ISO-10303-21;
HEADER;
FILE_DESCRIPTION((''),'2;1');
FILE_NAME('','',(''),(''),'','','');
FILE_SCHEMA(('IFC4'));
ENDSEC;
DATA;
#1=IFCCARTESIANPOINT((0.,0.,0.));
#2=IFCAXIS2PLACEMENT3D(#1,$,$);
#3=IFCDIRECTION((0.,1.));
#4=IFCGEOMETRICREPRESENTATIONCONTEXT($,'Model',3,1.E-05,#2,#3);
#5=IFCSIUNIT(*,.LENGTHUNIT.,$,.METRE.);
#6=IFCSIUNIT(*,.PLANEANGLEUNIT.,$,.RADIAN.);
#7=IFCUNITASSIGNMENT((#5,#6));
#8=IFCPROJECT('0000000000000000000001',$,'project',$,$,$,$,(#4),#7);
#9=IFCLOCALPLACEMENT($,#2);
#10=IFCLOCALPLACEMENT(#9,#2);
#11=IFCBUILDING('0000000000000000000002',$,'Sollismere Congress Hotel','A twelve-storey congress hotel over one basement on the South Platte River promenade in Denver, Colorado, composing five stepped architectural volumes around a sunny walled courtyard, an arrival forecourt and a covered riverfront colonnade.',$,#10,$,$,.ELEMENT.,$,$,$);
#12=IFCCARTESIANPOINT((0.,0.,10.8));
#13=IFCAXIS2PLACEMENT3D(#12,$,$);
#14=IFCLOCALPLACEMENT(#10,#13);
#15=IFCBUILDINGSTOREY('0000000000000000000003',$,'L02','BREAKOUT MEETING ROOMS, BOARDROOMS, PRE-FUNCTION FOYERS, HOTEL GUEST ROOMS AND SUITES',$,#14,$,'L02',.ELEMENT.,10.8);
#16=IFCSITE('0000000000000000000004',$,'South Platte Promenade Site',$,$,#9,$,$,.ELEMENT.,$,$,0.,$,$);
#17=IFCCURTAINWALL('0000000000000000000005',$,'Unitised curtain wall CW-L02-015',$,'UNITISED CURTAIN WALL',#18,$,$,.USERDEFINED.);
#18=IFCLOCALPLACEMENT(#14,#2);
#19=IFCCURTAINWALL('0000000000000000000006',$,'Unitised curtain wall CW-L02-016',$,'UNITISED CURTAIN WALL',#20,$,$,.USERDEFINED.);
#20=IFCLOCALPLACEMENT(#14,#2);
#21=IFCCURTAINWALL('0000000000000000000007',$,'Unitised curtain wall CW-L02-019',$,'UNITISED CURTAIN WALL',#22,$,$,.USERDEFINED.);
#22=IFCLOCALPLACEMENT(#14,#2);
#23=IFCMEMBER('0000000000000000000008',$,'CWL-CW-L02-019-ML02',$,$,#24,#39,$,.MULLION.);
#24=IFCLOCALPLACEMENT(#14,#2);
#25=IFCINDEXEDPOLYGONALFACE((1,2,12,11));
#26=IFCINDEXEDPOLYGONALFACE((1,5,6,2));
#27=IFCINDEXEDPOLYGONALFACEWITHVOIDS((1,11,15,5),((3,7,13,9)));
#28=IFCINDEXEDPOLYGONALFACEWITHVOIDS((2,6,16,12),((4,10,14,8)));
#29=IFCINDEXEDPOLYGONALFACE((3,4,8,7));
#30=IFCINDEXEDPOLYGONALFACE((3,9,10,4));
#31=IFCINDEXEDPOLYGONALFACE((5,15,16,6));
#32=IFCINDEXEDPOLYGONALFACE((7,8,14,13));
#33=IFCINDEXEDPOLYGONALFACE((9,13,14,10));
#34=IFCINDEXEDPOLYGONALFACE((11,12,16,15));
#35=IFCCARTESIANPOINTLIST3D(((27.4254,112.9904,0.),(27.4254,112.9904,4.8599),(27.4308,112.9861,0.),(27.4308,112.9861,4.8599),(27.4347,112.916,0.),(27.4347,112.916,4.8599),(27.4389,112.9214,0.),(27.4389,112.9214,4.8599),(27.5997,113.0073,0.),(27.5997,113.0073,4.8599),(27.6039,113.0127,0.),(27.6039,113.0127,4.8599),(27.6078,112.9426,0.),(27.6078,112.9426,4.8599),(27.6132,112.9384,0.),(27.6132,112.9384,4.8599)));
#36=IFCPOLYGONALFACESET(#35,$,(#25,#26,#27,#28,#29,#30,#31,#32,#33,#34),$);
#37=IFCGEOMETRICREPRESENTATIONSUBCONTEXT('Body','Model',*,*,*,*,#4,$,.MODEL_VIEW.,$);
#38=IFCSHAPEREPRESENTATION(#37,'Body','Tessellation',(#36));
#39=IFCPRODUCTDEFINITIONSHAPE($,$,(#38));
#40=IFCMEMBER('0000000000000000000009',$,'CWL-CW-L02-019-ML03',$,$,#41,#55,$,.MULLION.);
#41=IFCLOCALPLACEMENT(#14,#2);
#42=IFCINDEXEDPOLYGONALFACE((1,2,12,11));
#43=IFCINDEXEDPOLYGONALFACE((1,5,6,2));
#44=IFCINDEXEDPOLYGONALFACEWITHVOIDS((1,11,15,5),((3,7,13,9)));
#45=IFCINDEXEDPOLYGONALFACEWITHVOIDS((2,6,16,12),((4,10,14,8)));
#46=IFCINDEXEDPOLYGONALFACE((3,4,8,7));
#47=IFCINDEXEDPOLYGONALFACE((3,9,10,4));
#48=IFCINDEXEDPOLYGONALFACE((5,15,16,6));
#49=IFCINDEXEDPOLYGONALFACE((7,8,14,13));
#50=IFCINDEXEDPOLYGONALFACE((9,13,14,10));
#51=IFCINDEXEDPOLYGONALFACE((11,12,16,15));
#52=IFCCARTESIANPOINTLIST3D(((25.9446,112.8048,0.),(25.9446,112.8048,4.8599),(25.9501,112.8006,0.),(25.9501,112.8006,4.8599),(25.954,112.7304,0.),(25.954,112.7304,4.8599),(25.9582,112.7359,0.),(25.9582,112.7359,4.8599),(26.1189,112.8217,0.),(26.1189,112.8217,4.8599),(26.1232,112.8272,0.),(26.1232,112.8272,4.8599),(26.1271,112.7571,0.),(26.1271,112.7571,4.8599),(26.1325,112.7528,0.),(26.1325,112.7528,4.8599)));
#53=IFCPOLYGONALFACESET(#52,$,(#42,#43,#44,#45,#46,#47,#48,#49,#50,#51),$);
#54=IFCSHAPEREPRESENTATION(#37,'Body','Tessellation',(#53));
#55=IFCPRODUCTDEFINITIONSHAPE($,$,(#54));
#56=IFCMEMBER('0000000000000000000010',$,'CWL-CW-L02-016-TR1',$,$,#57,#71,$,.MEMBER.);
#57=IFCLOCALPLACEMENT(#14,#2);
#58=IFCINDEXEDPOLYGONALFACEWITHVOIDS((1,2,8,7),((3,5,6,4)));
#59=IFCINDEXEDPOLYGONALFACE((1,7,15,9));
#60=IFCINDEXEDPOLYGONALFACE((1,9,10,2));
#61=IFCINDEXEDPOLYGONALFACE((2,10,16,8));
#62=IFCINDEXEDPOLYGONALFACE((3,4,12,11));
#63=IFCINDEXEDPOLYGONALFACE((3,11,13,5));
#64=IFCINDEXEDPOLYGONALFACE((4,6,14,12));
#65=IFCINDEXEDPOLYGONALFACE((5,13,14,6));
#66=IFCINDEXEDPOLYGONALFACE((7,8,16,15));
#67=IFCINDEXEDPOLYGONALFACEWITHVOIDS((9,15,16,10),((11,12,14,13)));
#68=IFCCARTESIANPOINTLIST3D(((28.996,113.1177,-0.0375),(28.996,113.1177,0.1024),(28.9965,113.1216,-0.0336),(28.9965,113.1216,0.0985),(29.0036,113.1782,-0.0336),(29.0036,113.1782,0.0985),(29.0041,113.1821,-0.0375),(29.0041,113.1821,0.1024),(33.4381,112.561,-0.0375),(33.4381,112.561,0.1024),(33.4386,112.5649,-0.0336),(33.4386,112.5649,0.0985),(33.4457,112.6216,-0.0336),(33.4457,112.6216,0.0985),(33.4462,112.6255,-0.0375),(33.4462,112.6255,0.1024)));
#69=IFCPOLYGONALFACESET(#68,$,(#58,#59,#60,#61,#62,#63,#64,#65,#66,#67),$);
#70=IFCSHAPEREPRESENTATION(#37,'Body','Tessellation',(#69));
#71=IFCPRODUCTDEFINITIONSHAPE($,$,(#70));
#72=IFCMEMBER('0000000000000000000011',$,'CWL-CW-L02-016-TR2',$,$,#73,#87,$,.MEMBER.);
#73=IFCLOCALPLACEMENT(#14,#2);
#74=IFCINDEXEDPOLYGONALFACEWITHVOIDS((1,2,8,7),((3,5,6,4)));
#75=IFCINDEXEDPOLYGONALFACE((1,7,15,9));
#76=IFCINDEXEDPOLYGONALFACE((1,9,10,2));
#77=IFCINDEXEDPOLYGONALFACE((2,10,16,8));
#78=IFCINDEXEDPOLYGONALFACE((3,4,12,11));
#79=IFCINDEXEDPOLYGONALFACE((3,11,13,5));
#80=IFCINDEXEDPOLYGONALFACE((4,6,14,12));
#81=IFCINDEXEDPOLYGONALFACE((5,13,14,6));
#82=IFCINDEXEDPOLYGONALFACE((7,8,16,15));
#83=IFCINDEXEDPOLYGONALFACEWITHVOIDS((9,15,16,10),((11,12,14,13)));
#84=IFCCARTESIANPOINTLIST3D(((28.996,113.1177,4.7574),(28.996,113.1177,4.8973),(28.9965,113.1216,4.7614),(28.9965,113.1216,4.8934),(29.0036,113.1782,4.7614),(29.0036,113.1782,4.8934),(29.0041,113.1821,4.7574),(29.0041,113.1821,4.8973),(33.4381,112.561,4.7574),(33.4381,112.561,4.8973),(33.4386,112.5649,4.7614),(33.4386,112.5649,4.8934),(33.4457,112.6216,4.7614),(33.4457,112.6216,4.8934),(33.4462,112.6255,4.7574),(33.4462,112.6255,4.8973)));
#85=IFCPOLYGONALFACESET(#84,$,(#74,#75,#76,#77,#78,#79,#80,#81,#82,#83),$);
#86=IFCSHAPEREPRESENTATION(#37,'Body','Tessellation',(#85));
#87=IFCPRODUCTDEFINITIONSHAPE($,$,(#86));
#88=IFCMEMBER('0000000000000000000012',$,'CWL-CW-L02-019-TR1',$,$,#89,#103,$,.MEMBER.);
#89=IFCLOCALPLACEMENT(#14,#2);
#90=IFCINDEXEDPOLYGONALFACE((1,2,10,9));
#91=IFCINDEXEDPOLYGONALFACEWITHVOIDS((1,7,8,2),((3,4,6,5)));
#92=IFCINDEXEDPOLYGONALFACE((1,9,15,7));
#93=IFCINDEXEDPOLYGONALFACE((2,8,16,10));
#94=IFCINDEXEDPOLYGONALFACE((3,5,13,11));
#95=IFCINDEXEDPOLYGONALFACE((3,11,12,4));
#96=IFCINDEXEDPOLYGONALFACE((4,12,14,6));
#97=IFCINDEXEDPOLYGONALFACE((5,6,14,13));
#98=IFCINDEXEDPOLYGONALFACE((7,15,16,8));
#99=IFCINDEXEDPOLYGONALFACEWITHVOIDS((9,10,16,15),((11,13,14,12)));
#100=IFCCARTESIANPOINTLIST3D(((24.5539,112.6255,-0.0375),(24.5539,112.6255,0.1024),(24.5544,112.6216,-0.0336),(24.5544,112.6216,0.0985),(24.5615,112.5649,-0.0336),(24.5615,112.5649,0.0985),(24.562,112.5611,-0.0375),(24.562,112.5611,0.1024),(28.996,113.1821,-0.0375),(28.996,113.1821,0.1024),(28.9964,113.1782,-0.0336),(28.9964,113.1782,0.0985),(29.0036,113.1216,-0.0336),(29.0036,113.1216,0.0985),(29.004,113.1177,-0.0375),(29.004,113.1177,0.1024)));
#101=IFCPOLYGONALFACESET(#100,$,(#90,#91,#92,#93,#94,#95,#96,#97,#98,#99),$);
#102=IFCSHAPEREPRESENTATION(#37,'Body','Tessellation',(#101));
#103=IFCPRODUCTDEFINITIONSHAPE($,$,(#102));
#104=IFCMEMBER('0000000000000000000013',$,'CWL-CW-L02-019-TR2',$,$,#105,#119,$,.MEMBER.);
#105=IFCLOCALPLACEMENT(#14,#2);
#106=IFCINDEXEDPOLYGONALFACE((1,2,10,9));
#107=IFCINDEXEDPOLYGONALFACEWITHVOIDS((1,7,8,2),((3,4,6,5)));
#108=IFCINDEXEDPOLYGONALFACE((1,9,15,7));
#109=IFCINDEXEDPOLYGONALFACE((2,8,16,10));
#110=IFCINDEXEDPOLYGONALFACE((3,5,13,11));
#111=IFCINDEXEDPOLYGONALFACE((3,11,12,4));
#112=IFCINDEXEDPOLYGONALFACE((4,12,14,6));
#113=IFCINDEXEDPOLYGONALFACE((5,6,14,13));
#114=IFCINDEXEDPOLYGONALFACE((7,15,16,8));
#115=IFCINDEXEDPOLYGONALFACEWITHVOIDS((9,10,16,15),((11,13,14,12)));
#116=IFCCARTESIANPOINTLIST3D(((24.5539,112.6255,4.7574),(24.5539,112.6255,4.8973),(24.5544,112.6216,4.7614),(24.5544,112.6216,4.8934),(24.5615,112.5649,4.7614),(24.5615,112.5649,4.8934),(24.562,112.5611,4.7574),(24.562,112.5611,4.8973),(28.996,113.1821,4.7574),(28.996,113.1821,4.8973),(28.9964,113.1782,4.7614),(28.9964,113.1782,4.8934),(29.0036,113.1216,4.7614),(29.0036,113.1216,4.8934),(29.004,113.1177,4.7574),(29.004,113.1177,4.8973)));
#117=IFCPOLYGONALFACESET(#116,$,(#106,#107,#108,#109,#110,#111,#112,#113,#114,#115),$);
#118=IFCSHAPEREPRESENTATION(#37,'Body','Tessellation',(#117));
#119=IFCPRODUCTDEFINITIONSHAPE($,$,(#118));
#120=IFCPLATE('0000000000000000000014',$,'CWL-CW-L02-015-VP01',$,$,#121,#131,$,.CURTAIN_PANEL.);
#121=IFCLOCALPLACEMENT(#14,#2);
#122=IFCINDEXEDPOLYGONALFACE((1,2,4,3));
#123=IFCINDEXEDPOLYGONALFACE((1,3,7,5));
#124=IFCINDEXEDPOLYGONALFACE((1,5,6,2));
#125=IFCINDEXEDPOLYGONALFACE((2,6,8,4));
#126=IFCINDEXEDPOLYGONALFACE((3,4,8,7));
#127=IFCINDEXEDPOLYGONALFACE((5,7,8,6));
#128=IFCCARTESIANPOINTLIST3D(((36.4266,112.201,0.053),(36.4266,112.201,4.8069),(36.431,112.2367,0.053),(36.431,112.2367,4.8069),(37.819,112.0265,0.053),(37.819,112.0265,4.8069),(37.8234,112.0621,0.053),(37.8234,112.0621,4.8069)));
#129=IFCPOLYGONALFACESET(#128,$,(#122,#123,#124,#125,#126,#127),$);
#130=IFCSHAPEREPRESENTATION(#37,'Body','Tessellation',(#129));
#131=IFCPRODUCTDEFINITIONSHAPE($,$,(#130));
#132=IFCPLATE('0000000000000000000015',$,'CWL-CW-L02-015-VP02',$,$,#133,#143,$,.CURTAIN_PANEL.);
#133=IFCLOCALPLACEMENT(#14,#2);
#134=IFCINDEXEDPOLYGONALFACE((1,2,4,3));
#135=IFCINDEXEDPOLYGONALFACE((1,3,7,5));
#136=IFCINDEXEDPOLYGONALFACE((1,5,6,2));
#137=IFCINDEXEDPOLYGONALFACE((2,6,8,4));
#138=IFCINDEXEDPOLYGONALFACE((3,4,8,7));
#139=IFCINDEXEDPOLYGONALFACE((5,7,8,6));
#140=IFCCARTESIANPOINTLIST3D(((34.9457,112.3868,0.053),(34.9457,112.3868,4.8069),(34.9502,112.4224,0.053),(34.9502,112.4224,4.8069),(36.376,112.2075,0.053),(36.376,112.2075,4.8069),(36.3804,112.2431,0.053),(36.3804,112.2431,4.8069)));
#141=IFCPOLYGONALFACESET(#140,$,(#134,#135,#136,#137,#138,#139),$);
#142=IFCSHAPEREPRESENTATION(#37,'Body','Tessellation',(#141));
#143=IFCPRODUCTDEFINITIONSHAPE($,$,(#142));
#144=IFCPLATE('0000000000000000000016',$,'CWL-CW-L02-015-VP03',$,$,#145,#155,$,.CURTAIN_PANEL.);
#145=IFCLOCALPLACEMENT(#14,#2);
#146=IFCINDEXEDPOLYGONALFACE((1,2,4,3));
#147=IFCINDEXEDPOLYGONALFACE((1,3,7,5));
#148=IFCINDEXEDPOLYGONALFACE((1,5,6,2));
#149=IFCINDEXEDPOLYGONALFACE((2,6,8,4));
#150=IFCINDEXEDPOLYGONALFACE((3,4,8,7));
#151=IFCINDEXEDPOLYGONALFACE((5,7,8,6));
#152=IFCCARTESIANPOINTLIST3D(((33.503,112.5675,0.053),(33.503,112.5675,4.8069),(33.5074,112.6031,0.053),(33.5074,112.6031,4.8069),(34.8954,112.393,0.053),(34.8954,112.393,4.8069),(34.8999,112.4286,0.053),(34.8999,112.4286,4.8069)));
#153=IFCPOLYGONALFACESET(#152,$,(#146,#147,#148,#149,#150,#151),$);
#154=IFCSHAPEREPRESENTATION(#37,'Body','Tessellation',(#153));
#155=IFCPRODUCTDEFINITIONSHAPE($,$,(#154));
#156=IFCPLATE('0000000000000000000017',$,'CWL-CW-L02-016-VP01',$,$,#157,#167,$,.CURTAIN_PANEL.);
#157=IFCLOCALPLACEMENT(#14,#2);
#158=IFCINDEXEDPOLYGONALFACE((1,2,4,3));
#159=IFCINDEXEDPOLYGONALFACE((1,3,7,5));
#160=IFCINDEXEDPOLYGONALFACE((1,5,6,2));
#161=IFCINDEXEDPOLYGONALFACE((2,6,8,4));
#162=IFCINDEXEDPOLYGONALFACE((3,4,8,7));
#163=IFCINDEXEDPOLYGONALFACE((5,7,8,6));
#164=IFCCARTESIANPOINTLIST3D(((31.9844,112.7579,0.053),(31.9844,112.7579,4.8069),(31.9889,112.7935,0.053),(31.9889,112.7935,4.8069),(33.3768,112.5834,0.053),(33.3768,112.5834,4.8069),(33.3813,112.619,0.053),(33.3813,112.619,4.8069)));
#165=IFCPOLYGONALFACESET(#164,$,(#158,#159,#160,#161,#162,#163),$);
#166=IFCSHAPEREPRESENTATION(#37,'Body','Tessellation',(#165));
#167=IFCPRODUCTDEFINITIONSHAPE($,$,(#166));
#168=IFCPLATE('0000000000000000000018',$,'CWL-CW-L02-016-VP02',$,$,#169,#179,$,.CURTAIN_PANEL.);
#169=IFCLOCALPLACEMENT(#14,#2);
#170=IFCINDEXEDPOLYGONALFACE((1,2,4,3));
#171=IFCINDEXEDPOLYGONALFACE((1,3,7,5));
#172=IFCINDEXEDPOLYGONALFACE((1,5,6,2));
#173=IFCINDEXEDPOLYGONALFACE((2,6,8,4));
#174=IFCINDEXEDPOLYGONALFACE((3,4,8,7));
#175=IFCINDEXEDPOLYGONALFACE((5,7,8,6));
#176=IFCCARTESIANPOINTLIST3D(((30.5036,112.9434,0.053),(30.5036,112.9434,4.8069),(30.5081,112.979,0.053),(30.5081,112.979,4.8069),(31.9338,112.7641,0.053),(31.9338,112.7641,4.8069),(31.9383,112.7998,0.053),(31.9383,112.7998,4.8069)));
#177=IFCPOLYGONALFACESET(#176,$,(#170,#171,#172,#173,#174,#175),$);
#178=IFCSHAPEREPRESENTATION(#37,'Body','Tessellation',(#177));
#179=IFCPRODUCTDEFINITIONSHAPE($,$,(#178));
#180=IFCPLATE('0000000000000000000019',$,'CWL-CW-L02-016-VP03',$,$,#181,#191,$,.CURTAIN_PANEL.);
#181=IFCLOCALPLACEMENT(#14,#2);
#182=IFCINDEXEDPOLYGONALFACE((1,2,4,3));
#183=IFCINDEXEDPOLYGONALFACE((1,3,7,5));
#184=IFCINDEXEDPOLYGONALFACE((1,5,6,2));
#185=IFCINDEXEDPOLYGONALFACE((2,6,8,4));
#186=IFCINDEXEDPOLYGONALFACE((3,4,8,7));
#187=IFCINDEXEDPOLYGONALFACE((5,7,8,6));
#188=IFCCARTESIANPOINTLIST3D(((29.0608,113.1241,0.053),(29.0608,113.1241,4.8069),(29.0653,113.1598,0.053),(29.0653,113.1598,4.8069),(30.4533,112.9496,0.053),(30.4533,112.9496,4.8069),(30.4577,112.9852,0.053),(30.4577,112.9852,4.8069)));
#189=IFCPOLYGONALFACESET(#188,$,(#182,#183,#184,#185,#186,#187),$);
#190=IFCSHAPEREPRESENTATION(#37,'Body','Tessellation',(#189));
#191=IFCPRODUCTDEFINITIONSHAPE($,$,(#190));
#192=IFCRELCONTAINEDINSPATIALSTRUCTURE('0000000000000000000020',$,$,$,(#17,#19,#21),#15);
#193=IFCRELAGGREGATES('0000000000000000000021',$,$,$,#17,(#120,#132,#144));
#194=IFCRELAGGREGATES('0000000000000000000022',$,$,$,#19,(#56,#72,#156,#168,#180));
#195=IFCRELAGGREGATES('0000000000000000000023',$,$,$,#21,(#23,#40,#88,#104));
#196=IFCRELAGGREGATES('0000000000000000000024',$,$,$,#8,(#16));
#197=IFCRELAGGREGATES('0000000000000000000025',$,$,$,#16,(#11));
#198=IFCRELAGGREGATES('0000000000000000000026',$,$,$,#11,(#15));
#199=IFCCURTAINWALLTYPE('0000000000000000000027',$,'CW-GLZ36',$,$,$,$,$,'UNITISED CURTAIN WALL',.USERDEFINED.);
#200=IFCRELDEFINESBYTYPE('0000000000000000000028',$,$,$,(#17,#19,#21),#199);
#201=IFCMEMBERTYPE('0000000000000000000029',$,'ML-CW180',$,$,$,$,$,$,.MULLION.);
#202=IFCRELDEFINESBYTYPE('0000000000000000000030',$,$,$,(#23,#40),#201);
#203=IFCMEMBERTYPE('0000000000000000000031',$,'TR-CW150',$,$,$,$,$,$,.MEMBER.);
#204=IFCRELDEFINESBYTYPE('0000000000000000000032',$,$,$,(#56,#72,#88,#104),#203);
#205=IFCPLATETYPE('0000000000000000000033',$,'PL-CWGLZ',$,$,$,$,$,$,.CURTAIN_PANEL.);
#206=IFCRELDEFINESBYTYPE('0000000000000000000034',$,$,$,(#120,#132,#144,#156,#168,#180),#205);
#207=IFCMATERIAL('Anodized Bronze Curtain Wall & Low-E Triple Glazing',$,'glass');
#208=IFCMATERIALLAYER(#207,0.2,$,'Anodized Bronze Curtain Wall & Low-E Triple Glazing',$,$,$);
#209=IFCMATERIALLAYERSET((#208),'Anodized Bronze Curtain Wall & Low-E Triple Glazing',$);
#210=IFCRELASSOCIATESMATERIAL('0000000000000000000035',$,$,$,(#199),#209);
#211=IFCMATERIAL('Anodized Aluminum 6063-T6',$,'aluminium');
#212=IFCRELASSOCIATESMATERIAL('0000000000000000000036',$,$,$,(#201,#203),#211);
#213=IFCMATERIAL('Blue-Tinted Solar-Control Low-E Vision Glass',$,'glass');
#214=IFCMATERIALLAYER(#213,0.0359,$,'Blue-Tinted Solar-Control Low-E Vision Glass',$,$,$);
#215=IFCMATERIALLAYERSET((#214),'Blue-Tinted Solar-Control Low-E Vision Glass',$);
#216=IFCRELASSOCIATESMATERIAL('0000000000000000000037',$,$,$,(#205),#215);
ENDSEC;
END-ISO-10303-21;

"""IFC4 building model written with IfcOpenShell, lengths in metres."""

from ifc_helpers import new_model, si_unit, direction, frame, origin, origin_2d, place, context, subcontext, project, spatial, rectangle, hollow_rectangle, extrude, material, layer, layer_set, material_profile, profile_set, type_object, element, aggregate, save


model = new_model("IFC4")

# Units and contexts
model_context = context("Model", 3, precision=1e-05, world=origin(), true_north=direction((0.0, 1.0)))
body_context = subcontext(model_context, "Body", "Model", "MODEL_VIEW")
ifc_project = project(units=[si_unit("LENGTHUNIT", "METRE"), si_unit("PLANEANGLEUNIT", "RADIAN")], contexts=[model_context])

# Site, building, storey
site_placement = place(None, origin())
site = spatial("IfcSite", under=ifc_project, at=site_placement, Name="South Platte Promenade Site", CompositionType="ELEMENT", RefElevation=0.0)
building_placement = place(site_placement, origin())
building = spatial("IfcBuilding", under=site, at=building_placement, Name="Sollismere Congress Hotel", Description="A twelve-storey congress hotel over one basement on the South Platte River promenade in Denver, Colorado, composing five stepped architectural volumes around a sunny walled courtyard, an arrival forecourt and a covered riverfront colonnade.", CompositionType="ELEMENT")
storey_placement = place(building_placement, frame((0.0, 0.0, 10.8)))
storey = spatial("IfcBuildingStorey", under=building, at=storey_placement, Name="L02", Description="BREAKOUT MEETING ROOMS, BOARDROOMS, PRE-FUNCTION FOYERS, HOTEL GUEST ROOMS AND SUITES", LongName="L02", CompositionType="ELEMENT", Elevation=10.8)

# Curtain walls, members
ifc_material_1 = material(Name="Anodized Bronze Curtain Wall & Low-E Triple Glazing", Category="glass")
ifc_layer_1 = layer(ifc_material_1, 0.2, Name="Anodized Bronze Curtain Wall & Low-E Triple Glazing")
ifc_layer_set_1 = layer_set([ifc_layer_1], Name="Anodized Bronze Curtain Wall & Low-E Triple Glazing")
curtain_wall_type = type_object("IfcCurtainWallType", Name="CW-GLZ36", ElementType="UNITISED CURTAIN WALL", PredefinedType="USERDEFINED", material=ifc_layer_set_1)
curtain_wall_1_placement = place(storey_placement, origin())
curtain_wall_1 = element("IfcCurtainWall", 1, at=curtain_wall_1_placement, inside=storey, type_object=curtain_wall_type, Name="Unitised curtain wall CW-L02-015", ObjectType="UNITISED CURTAIN WALL", PredefinedType="USERDEFINED")
ifc_material_2 = material(Name="Anodized Aluminum 6063-T6", Category="aluminium")
ifc_material_profile_1 = material_profile(ifc_material_2, hollow_rectangle(XDim=0.075, YDim=0.1799, WallThickness=0.0049, at=origin_2d()), Name="ALU180X75X5")
ifc_profile_set_1 = profile_set([ifc_material_profile_1], Name="Anodized Aluminum 6063-T6")
member_type_1 = type_object("IfcMemberType", Name="ML-CW180", PredefinedType="MULLION", material=ifc_profile_set_1)
curtain_wall_2_placement = place(storey_placement, origin())
curtain_wall_2 = element("IfcCurtainWall", 2, at=curtain_wall_2_placement, inside=storey, type_object=curtain_wall_type, Name="Unitised curtain wall CW-L02-016", ObjectType="UNITISED CURTAIN WALL", PredefinedType="USERDEFINED")
curtain_wall_3_placement = place(storey_placement, origin())
curtain_wall_3 = element("IfcCurtainWall", 3, at=curtain_wall_3_placement, inside=storey, type_object=curtain_wall_type, Name="Unitised curtain wall CW-L02-019", ObjectType="UNITISED CURTAIN WALL", PredefinedType="USERDEFINED")
member_1_placement = place(storey_placement, frame((27.5193, 112.9644, 0.0), z_axis=(0.0, 0.0, 1.0), x_axis=(0.124363, -0.992237, 0.0)))
member_1 = element("IfcMember", 4, at=member_1_placement, type_object=member_type_1, Name="CWL-CW-L02-019-ML02", PredefinedType="MULLION", context=body_context, shape_type="SweptSolid", body=[
    extrude(hollow_rectangle(XDim=0.075, YDim=0.1799, WallThickness=0.0049, at=origin_2d()), origin(), (0.0, 0.0, 1.0), 4.8599),
])
member_2_placement = place(storey_placement, frame((26.0386, 112.7788, 0.0), z_axis=(0.0, 0.0, 1.0), x_axis=(0.124363, -0.992237, 0.0)))
member_2 = element("IfcMember", 5, at=member_2_placement, type_object=member_type_1, Name="CWL-CW-L02-019-ML03", PredefinedType="MULLION", context=body_context, shape_type="SweptSolid", body=[
    extrude(hollow_rectangle(XDim=0.075, YDim=0.1799, WallThickness=0.0049, at=origin_2d()), origin(), (0.0, 0.0, 1.0), 4.8599),
])

# Members
ifc_material_profile_2 = material_profile(ifc_material_2, hollow_rectangle(XDim=0.0649, YDim=0.1399, WallThickness=0.0039, at=origin_2d()), Name="ALU140X65X4")
ifc_profile_set_2 = profile_set([ifc_material_profile_2], Name="Anodized Aluminum 6063-T6")
member_type_2 = type_object("IfcMemberType", Name="TR-CW150", PredefinedType="MEMBER", material=ifc_profile_set_2)
member_3_placement = place(storey_placement, frame((33.4421, 112.5933, 0.0325), z_axis=(-0.99224, 0.124337, 0.0), x_axis=(-0.124337, -0.99224, 0.0)))
member_3 = element("IfcMember", 6, at=member_3_placement, type_object=member_type_2, Name="CWL-CW-L02-016-TR1", PredefinedType="MEMBER", context=body_context, shape_type="SweptSolid", body=[
    extrude(hollow_rectangle(XDim=0.0649, YDim=0.1399, WallThickness=0.0039, at=origin_2d()), origin(), (0.0, 0.0, 1.0), 4.4768),
])
member_4_placement = place(storey_placement, frame((33.4421, 112.5933, 4.8274), z_axis=(-0.99224, 0.124337, 0.0), x_axis=(-0.124337, -0.99224, 0.0)))
member_4 = element("IfcMember", 7, at=member_4_placement, type_object=member_type_2, Name="CWL-CW-L02-016-TR2", PredefinedType="MEMBER", context=body_context, shape_type="SweptSolid", body=[
    extrude(hollow_rectangle(XDim=0.0649, YDim=0.1399, WallThickness=0.0039, at=origin_2d()), origin(), (0.0, 0.0, 1.0), 4.4768),
])
member_5_placement = place(storey_placement, frame((29.0, 113.1499, 0.0325), z_axis=(-0.99224, -0.124337, 0.0), x_axis=(0.124337, -0.99224, 0.0)))
member_5 = element("IfcMember", 8, at=member_5_placement, type_object=member_type_2, Name="CWL-CW-L02-019-TR1", PredefinedType="MEMBER", context=body_context, shape_type="SweptSolid", body=[
    extrude(hollow_rectangle(XDim=0.0649, YDim=0.1399, WallThickness=0.0039, at=origin_2d()), origin(), (0.0, 0.0, 1.0), 4.4768),
])
member_6_placement = place(storey_placement, frame((29.0, 113.1499, 4.8274), z_axis=(-0.99224, -0.124337, 0.0), x_axis=(0.124337, -0.99224, 0.0)))
member_6 = element("IfcMember", 9, at=member_6_placement, type_object=member_type_2, Name="CWL-CW-L02-019-TR2", PredefinedType="MEMBER", context=body_context, shape_type="SweptSolid", body=[
    extrude(hollow_rectangle(XDim=0.0649, YDim=0.1399, WallThickness=0.0039, at=origin_2d()), origin(), (0.0, 0.0, 1.0), 4.4768),
])

# Plates
ifc_material_3 = material(Name="Blue-Tinted Solar-Control Low-E Vision Glass", Category="glass")
ifc_layer_2 = layer(ifc_material_3, 0.0359, Name="Blue-Tinted Solar-Control Low-E Vision Glass")
ifc_layer_set_2 = layer_set([ifc_layer_2], Name="Blue-Tinted Solar-Control Low-E Vision Glass")
plate_type_1 = type_object("IfcPlateType", Name="PL-CWGLZ", PredefinedType="CURTAIN_PANEL", material=ifc_layer_set_2)
plate_1_placement = place(storey_placement, frame((37.125, 112.1316, 0.053), z_axis=(0.0, 0.0, 1.0), x_axis=(-0.992237, 0.124363, 0.0)))
plate_1 = element("IfcPlate", 10, at=plate_1_placement, type_object=plate_type_1, Name="CWL-CW-L02-015-VP01", PredefinedType="CURTAIN_PANEL", context=body_context, shape_type="SweptSolid", body=[
    extrude(rectangle(XDim=1.4033, YDim=0.0359, at=origin_2d()), origin(), (0.0, 0.0, 1.0), 4.7539),
])
plate_2_placement = place(storey_placement, frame((35.6631, 112.3149, 0.053), z_axis=(0.0, 0.0, 1.0), x_axis=(-0.992237, 0.124363, 0.0)))
plate_2 = element("IfcPlate", 11, at=plate_2_placement, type_object=plate_type_1, Name="CWL-CW-L02-015-VP02", PredefinedType="CURTAIN_PANEL", context=body_context, shape_type="SweptSolid", body=[
    extrude(rectangle(XDim=1.4414, YDim=0.0359, at=origin_2d()), origin(), (0.0, 0.0, 1.0), 4.7539),
])
plate_3_placement = place(storey_placement, frame((34.2014, 112.498, 0.053), z_axis=(0.0, 0.0, 1.0), x_axis=(-0.992237, 0.124363, 0.0)))
plate_3 = element("IfcPlate", 12, at=plate_3_placement, type_object=plate_type_1, Name="CWL-CW-L02-015-VP03", PredefinedType="CURTAIN_PANEL", context=body_context, shape_type="SweptSolid", body=[
    extrude(rectangle(XDim=1.4033, YDim=0.0359, at=origin_2d()), origin(), (0.0, 0.0, 1.0), 4.7539),
])
aggregate(curtain_wall_1, [plate_1, plate_2, plate_3])
plate_4_placement = place(storey_placement, frame((32.6829, 112.6885, 0.053), z_axis=(0.0, 0.0, 1.0), x_axis=(-0.992237, 0.124363, 0.0)))
plate_4 = element("IfcPlate", 13, at=plate_4_placement, type_object=plate_type_1, Name="CWL-CW-L02-016-VP01", PredefinedType="CURTAIN_PANEL", context=body_context, shape_type="SweptSolid", body=[
    extrude(rectangle(XDim=1.4033, YDim=0.0359, at=origin_2d()), origin(), (0.0, 0.0, 1.0), 4.7539),
])
plate_5_placement = place(storey_placement, frame((31.2209, 112.8716, 0.053), z_axis=(0.0, 0.0, 1.0), x_axis=(-0.992237, 0.124363, 0.0)))
plate_5 = element("IfcPlate", 14, at=plate_5_placement, type_object=plate_type_1, Name="CWL-CW-L02-016-VP02", PredefinedType="CURTAIN_PANEL", context=body_context, shape_type="SweptSolid", body=[
    extrude(rectangle(XDim=1.4414, YDim=0.0359, at=origin_2d()), origin(), (0.0, 0.0, 1.0), 4.7539),
])
plate_6_placement = place(storey_placement, frame((29.7593, 113.0547, 0.053), z_axis=(0.0, 0.0, 1.0), x_axis=(-0.992237, 0.124363, 0.0)))
plate_6 = element("IfcPlate", 15, at=plate_6_placement, type_object=plate_type_1, Name="CWL-CW-L02-016-VP03", PredefinedType="CURTAIN_PANEL", context=body_context, shape_type="SweptSolid", body=[
    extrude(rectangle(XDim=1.4033, YDim=0.0359, at=origin_2d()), origin(), (0.0, 0.0, 1.0), 4.7539),
])
aggregate(curtain_wall_2, [member_3, member_4, plate_4, plate_5, plate_6])
aggregate(curtain_wall_3, [member_1, member_2, member_5, member_6])

save(model, "model.ifc")
